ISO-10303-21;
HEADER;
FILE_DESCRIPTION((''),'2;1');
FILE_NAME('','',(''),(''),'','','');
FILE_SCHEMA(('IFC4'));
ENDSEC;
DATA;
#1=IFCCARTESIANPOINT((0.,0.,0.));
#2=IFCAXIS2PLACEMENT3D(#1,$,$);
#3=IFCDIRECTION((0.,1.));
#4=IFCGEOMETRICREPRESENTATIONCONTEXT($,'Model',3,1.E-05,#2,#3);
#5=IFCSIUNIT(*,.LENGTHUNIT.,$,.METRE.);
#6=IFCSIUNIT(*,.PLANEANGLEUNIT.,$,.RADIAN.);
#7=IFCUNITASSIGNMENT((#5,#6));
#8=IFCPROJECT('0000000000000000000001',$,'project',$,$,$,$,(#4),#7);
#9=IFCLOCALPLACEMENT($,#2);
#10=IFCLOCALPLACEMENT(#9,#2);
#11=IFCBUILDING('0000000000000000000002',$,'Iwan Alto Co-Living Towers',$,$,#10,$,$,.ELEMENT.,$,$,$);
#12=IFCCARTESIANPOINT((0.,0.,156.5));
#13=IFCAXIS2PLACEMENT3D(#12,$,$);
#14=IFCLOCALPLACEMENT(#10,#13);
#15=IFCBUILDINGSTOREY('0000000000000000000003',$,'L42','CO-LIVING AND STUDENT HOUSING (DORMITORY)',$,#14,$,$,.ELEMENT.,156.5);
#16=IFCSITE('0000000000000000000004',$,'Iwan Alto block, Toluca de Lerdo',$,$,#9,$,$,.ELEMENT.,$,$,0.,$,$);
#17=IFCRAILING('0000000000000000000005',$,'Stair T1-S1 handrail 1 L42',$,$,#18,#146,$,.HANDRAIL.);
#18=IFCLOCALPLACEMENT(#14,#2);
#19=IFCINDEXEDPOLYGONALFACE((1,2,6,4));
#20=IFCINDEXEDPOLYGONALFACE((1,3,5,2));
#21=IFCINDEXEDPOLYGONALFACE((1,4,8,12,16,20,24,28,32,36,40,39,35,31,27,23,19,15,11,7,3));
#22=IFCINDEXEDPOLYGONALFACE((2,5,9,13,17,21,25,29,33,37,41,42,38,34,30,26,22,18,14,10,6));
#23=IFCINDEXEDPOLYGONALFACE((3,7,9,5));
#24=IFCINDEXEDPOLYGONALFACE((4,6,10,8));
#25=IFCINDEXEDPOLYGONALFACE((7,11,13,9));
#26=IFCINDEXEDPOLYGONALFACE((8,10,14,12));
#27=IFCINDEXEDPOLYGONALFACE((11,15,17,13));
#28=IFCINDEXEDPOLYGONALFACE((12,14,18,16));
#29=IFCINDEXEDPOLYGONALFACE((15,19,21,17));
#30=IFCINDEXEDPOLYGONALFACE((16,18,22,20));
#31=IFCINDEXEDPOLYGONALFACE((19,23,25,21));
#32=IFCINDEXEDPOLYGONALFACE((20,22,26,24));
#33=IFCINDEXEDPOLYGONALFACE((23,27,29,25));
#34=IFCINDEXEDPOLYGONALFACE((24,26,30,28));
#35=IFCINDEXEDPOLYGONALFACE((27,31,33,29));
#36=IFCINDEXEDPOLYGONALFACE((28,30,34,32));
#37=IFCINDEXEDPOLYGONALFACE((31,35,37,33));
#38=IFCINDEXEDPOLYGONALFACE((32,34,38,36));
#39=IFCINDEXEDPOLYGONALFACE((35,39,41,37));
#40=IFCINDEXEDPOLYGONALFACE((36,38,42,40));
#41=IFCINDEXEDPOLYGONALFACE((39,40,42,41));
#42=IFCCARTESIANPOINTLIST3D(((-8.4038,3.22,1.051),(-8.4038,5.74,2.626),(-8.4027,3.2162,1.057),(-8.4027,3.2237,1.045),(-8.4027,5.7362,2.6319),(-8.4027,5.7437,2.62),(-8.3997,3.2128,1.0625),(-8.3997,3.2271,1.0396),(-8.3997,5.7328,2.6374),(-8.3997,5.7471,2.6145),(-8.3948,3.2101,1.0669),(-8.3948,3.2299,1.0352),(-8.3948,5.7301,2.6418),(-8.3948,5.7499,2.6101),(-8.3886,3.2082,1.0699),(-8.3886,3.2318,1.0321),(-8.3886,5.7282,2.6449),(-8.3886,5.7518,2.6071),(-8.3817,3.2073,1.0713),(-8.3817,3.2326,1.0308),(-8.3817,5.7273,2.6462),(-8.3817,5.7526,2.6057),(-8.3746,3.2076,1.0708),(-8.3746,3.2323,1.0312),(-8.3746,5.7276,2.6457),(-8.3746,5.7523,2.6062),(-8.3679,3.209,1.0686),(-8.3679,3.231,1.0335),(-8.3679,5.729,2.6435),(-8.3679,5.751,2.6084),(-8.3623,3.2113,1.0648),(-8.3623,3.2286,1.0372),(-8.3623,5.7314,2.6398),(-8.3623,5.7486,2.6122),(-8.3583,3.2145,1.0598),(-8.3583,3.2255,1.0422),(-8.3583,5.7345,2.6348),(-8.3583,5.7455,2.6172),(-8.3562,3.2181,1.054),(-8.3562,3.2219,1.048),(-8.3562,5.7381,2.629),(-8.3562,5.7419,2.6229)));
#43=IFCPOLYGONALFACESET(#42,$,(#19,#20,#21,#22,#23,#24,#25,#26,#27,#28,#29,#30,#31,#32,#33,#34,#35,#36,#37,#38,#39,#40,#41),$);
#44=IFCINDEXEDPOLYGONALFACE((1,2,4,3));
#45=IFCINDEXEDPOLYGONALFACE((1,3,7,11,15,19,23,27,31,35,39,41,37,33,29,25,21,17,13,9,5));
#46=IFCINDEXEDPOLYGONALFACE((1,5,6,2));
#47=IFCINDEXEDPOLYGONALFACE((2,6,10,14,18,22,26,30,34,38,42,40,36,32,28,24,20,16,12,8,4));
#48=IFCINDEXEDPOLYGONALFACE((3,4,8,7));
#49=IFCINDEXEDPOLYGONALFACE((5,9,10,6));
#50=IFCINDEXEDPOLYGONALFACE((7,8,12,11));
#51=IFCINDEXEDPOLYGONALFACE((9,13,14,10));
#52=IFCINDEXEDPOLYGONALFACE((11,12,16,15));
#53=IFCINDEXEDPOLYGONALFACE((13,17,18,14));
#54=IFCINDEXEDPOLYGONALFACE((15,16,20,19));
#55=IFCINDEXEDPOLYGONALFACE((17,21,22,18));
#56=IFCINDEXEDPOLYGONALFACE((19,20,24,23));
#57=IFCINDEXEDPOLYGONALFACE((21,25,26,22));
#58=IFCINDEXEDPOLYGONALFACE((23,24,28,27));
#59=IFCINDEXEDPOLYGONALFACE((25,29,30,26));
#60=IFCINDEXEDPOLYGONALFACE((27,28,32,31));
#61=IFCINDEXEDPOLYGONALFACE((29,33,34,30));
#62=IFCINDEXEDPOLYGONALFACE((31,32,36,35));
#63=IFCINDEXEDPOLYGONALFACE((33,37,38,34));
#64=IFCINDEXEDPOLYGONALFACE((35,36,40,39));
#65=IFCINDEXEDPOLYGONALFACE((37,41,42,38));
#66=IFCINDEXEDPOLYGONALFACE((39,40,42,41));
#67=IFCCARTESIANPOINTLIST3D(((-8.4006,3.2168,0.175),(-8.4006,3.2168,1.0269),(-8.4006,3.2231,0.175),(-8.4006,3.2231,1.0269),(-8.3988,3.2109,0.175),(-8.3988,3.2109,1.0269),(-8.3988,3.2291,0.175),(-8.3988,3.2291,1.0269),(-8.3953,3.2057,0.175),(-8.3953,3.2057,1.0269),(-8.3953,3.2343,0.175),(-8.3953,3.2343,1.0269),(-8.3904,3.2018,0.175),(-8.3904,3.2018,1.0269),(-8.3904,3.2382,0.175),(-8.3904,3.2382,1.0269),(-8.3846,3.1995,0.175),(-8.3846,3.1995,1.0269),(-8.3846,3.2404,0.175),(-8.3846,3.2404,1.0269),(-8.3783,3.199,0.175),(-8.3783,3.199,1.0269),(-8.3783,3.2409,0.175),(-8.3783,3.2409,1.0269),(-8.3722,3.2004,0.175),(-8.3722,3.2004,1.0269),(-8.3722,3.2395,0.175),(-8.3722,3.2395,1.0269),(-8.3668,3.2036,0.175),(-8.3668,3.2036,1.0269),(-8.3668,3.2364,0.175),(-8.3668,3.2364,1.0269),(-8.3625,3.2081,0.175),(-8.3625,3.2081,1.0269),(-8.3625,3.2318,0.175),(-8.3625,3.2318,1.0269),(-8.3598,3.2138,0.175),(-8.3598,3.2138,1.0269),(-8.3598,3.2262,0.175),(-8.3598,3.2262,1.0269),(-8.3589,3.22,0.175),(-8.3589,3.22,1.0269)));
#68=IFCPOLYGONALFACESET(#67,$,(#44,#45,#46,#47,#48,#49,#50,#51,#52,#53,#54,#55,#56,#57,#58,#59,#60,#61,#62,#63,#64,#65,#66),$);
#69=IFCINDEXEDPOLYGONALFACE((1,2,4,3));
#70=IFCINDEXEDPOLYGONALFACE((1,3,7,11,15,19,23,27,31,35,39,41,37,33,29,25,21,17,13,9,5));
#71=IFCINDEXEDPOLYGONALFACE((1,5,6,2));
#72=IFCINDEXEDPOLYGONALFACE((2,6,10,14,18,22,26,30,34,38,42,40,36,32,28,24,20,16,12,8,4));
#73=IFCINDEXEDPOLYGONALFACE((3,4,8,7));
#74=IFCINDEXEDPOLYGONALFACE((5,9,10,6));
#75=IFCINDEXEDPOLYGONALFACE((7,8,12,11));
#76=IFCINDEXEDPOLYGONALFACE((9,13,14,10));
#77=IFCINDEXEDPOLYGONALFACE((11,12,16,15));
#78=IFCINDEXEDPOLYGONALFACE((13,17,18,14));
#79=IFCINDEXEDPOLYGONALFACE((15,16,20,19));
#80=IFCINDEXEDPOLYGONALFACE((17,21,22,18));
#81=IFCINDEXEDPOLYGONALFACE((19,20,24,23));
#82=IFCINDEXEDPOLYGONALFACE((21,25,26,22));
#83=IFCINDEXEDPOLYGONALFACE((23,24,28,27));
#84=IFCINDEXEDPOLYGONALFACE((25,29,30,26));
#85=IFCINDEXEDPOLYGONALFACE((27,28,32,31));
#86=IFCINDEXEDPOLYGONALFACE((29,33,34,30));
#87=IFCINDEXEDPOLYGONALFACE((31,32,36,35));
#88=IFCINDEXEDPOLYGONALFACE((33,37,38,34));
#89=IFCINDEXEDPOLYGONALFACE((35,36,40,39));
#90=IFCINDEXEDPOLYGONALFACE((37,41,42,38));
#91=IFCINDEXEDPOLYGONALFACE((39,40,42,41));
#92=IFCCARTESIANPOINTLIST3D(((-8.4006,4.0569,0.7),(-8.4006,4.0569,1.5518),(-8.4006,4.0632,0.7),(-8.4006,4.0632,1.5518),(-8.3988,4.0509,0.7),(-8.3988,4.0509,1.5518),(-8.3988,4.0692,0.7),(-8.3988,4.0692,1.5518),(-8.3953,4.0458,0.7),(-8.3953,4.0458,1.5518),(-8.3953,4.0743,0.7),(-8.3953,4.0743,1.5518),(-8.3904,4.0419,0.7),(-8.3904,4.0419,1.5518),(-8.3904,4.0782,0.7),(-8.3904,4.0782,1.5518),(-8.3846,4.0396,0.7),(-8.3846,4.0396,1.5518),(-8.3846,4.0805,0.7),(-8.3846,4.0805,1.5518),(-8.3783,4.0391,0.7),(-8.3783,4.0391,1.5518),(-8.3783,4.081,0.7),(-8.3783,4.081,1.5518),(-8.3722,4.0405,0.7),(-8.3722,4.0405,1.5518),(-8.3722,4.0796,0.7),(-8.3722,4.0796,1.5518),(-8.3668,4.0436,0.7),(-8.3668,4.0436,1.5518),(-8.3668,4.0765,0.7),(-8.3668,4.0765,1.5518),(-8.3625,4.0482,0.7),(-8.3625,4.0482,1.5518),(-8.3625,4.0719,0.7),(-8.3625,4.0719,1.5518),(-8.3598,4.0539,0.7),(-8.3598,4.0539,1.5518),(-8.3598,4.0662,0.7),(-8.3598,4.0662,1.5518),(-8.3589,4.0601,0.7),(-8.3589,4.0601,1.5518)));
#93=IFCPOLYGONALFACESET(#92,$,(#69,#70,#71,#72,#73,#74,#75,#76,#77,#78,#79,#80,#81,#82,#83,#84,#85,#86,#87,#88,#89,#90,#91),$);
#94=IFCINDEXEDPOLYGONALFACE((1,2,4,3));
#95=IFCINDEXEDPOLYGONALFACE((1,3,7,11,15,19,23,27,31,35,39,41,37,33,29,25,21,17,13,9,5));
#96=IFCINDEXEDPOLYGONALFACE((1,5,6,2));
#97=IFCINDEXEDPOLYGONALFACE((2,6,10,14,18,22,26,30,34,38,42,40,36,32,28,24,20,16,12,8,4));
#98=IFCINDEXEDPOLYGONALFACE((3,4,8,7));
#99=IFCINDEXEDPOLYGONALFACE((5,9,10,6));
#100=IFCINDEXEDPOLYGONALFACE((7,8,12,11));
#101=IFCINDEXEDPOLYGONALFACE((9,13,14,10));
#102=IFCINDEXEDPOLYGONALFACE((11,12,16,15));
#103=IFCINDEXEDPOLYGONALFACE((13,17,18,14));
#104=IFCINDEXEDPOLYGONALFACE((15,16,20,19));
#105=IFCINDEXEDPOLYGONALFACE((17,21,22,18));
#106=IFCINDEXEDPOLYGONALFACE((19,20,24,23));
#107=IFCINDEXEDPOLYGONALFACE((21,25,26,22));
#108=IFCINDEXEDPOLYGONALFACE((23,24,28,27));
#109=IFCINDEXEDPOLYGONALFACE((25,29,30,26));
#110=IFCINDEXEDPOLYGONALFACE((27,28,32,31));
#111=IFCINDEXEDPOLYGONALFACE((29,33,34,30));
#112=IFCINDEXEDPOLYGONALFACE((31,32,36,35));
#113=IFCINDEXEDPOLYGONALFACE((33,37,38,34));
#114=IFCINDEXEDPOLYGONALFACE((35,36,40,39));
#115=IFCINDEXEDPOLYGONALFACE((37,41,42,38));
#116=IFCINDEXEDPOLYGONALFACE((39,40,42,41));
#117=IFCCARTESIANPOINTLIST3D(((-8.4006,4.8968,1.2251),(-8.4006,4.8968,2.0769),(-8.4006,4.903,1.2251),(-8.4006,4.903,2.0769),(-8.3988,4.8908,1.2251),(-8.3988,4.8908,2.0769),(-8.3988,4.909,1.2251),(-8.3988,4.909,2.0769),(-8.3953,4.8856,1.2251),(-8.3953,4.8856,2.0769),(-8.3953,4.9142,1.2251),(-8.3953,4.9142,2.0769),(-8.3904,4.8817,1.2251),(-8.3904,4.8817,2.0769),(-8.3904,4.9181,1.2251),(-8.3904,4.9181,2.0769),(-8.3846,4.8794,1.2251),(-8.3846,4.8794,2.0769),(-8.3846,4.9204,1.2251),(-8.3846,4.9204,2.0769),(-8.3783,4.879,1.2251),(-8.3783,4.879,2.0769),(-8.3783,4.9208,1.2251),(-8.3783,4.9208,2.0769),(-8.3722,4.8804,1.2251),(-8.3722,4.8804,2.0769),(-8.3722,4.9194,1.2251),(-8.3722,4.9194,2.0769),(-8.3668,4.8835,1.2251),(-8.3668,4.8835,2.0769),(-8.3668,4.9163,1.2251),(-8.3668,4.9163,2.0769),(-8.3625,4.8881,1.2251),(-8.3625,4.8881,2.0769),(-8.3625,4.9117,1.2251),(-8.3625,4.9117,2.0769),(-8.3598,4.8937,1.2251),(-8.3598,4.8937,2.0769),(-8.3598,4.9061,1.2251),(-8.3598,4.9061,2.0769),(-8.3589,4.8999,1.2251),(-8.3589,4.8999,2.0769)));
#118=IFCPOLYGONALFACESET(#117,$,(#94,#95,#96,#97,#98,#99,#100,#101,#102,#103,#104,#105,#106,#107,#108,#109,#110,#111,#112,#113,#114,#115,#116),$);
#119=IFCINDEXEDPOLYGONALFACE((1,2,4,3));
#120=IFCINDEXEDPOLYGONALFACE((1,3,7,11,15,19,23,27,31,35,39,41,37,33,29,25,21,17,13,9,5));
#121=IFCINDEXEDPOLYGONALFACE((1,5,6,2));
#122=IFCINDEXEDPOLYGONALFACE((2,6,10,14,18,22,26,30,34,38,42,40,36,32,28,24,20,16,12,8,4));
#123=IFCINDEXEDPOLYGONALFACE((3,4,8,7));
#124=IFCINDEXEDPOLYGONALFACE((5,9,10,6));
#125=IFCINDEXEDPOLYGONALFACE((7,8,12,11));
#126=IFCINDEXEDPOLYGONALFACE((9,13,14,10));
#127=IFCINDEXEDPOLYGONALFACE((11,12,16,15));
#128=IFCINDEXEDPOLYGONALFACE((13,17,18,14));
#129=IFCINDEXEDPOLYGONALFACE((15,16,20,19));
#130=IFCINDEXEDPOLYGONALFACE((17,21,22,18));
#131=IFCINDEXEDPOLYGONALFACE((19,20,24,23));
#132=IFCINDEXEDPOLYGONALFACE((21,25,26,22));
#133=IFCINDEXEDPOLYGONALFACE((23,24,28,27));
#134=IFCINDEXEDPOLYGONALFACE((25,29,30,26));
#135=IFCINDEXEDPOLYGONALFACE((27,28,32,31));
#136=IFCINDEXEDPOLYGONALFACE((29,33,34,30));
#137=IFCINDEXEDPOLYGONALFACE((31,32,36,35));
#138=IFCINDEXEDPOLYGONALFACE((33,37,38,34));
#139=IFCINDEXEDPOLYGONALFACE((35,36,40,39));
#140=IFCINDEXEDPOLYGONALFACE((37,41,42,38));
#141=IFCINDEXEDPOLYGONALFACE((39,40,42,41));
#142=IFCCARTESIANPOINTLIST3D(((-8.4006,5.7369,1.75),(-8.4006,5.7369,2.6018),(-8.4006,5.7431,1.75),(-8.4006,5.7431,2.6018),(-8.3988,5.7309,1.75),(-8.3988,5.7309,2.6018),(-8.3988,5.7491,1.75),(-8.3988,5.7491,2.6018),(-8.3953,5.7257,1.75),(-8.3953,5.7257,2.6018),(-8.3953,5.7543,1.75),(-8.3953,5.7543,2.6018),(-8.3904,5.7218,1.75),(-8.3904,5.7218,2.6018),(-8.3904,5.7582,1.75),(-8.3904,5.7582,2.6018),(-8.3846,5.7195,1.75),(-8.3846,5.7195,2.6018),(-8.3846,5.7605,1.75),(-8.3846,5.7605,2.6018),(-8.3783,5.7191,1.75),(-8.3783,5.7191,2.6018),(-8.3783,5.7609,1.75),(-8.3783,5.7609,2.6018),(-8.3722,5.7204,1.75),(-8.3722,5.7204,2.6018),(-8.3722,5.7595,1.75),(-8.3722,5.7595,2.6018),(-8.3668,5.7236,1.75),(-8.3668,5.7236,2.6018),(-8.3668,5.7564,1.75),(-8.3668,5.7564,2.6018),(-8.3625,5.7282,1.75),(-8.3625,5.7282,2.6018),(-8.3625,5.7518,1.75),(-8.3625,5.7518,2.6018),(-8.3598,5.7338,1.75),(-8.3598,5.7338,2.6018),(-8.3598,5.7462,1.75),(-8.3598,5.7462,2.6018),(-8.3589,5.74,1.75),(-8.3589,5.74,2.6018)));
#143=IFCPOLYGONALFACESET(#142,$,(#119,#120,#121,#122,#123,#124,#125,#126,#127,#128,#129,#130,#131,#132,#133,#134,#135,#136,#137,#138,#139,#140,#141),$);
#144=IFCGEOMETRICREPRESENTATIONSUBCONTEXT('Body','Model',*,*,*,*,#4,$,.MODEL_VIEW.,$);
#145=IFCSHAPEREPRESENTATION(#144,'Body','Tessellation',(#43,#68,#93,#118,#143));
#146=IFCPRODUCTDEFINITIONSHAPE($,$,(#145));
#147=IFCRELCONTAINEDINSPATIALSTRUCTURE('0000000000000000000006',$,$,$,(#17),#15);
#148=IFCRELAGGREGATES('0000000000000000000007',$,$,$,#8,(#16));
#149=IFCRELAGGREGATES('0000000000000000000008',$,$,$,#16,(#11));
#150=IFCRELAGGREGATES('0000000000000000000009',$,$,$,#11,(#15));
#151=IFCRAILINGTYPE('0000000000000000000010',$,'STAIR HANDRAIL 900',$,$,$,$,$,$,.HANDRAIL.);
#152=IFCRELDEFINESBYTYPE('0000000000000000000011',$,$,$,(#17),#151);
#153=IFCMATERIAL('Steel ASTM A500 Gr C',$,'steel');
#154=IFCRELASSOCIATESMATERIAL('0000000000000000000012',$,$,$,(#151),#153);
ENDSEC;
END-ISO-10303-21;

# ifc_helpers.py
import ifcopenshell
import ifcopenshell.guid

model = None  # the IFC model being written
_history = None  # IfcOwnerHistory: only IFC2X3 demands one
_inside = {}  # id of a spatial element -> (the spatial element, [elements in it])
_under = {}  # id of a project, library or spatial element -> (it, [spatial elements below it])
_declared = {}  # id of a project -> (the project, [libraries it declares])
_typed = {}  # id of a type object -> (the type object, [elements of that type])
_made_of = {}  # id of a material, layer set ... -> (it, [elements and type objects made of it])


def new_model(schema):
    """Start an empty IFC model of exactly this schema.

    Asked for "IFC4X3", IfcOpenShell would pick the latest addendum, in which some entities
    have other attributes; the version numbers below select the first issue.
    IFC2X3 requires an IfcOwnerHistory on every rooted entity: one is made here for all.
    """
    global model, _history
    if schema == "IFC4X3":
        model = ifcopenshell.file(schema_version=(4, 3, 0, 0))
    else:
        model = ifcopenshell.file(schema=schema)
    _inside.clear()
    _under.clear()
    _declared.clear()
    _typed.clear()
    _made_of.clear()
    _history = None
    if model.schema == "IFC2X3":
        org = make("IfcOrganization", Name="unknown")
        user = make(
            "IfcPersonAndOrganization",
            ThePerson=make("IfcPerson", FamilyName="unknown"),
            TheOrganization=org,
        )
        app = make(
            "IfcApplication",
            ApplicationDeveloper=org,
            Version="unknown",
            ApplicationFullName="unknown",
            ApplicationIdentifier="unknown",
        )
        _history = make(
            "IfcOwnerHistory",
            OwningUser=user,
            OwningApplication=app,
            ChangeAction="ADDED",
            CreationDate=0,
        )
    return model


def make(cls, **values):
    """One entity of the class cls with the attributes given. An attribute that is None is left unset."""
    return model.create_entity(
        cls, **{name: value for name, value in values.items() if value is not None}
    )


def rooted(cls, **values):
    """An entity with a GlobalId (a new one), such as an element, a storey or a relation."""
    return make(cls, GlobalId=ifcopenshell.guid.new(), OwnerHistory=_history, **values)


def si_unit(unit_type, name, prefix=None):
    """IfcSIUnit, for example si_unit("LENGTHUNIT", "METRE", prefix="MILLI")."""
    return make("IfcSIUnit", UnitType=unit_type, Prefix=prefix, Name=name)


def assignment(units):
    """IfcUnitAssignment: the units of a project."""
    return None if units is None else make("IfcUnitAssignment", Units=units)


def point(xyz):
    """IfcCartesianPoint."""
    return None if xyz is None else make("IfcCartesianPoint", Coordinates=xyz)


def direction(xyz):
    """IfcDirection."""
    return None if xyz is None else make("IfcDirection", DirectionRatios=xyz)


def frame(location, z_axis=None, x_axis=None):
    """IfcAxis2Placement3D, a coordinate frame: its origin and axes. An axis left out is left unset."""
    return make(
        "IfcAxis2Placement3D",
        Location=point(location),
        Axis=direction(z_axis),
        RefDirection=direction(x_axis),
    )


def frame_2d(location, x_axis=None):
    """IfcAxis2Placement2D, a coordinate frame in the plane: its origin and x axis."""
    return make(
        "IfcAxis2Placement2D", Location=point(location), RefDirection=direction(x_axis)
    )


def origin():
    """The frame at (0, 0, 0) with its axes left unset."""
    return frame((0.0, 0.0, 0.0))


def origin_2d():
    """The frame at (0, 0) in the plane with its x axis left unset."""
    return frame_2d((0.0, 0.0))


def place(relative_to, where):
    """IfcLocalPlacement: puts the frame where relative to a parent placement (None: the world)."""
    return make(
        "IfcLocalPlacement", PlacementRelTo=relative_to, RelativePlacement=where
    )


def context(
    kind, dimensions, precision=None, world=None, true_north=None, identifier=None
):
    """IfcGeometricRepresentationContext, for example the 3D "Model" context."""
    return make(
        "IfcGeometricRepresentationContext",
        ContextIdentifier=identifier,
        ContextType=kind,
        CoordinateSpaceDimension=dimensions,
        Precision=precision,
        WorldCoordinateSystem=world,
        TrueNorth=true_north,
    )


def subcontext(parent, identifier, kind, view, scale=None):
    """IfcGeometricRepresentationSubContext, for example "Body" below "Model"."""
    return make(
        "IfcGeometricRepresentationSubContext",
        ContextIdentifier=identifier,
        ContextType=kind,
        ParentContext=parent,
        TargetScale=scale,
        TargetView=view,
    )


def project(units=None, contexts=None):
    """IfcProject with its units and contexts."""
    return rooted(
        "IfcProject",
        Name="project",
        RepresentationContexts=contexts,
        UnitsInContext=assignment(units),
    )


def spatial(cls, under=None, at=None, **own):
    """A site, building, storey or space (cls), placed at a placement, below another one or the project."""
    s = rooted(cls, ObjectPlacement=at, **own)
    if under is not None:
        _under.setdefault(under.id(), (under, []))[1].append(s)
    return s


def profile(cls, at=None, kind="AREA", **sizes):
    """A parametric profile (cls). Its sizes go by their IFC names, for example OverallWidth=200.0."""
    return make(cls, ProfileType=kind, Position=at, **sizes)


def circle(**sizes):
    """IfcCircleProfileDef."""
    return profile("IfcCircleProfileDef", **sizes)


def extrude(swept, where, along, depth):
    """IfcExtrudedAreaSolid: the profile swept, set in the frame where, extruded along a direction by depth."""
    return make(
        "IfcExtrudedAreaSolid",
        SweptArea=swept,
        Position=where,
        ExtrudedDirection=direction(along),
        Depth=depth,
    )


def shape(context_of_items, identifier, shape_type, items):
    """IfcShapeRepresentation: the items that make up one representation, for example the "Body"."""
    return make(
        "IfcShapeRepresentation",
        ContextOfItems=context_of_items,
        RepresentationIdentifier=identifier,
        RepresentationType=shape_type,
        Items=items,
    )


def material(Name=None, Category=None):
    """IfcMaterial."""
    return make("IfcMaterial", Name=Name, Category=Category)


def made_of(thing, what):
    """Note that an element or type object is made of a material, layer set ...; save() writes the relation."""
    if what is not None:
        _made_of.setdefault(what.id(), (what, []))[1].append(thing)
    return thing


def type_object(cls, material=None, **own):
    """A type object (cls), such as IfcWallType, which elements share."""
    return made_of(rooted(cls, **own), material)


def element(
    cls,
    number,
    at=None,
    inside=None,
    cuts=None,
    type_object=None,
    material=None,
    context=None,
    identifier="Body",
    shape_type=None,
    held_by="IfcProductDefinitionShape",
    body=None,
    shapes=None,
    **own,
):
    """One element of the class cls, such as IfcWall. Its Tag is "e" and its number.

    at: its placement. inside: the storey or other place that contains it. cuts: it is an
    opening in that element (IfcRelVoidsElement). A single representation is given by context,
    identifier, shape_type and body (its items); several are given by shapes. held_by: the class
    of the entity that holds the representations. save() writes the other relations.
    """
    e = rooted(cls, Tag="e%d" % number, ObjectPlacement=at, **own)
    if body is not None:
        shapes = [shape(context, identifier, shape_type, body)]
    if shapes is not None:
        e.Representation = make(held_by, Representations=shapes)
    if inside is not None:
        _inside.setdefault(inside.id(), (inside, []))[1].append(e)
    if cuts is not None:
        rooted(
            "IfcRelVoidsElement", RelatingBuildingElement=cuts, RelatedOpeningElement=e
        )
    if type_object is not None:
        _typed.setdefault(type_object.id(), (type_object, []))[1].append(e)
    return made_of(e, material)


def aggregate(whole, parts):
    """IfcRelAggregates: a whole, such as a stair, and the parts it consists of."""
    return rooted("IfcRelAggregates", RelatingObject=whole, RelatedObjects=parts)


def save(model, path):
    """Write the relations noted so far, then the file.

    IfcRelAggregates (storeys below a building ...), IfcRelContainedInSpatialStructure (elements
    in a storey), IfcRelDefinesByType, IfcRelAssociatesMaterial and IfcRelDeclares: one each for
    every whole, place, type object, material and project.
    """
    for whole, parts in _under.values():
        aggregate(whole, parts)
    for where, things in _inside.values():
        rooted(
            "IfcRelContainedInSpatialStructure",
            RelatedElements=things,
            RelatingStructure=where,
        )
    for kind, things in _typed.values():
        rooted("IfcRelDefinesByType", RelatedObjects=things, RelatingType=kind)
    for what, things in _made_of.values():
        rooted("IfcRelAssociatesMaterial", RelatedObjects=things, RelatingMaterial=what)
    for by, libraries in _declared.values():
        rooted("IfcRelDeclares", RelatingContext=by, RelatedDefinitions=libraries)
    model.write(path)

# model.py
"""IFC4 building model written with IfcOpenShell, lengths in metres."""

from ifc_helpers import new_model, si_unit, direction, frame, origin, origin_2d, place, context, subcontext, project, spatial, circle, extrude, material, type_object, element, save


model = new_model("IFC4")

# Units and contexts
model_context = context("Model", 3, precision=1e-05, world=origin(), true_north=direction((0.0, 1.0)))
body_context = subcontext(model_context, "Body", "Model", "MODEL_VIEW")
ifc_project = project(units=[si_unit("LENGTHUNIT", "METRE"), si_unit("PLANEANGLEUNIT", "RADIAN")], contexts=[model_context])

# Site, building, storey
site_placement = place(None, origin())
site = spatial("IfcSite", under=ifc_project, at=site_placement, Name="Iwan Alto block, Toluca de Lerdo", CompositionType="ELEMENT", RefElevation=0.0)
building_placement = place(site_placement, origin())
building = spatial("IfcBuilding", under=site, at=building_placement, Name="Iwan Alto Co-Living Towers", CompositionType="ELEMENT")
storey_placement = place(building_placement, frame((0.0, 0.0, 156.5)))
storey = spatial("IfcBuildingStorey", under=building, at=storey_placement, Name="L42", Description="CO-LIVING AND STUDENT HOUSING (DORMITORY)", CompositionType="ELEMENT", Elevation=156.5)

# Railing
ifc_material_1 = material(Name="Steel ASTM A500 Gr C", Category="steel")
railing_type_1 = type_object("IfcRailingType", Name="STAIR HANDRAIL 900", PredefinedType="HANDRAIL", material=ifc_material_1)
railing_1_placement = place(storey_placement, frame((-8.3799, 3.22, 0.175)))
element("IfcRailing", 1, at=railing_1_placement, inside=storey, type_object=railing_type_1, Name="Stair T1-S1 handrail 1 L42", PredefinedType="HANDRAIL", context=body_context, shape_type="SweptSolid", body=[
    extrude(circle(Radius=0.0239, at=origin_2d()), frame((0.0, 0.0, 0.876), z_axis=(0.0, 0.848008, 0.529984), x_axis=(-1.0, 0.0, 0.0)), (0.0, 0.0, 1.0), 2.9717),
    extrude(circle(Radius=0.021, at=origin_2d()), origin(), (0.0, 0.0, 1.0), 0.8518),
    extrude(circle(Radius=0.021, at=origin_2d()), frame((0.0, 0.8401, 0.5249)), (0.0, 0.0, 1.0), 0.8518),
    extrude(circle(Radius=0.021, at=origin_2d()), frame((0.0, 1.6799, 1.05)), (0.0, 0.0, 1.0), 0.8518),
    extrude(circle(Radius=0.021, at=origin_2d()), frame((0.0, 2.52, 1.575)), (0.0, 0.0, 1.0), 0.8518),
])

save(model, "model.ifc")
